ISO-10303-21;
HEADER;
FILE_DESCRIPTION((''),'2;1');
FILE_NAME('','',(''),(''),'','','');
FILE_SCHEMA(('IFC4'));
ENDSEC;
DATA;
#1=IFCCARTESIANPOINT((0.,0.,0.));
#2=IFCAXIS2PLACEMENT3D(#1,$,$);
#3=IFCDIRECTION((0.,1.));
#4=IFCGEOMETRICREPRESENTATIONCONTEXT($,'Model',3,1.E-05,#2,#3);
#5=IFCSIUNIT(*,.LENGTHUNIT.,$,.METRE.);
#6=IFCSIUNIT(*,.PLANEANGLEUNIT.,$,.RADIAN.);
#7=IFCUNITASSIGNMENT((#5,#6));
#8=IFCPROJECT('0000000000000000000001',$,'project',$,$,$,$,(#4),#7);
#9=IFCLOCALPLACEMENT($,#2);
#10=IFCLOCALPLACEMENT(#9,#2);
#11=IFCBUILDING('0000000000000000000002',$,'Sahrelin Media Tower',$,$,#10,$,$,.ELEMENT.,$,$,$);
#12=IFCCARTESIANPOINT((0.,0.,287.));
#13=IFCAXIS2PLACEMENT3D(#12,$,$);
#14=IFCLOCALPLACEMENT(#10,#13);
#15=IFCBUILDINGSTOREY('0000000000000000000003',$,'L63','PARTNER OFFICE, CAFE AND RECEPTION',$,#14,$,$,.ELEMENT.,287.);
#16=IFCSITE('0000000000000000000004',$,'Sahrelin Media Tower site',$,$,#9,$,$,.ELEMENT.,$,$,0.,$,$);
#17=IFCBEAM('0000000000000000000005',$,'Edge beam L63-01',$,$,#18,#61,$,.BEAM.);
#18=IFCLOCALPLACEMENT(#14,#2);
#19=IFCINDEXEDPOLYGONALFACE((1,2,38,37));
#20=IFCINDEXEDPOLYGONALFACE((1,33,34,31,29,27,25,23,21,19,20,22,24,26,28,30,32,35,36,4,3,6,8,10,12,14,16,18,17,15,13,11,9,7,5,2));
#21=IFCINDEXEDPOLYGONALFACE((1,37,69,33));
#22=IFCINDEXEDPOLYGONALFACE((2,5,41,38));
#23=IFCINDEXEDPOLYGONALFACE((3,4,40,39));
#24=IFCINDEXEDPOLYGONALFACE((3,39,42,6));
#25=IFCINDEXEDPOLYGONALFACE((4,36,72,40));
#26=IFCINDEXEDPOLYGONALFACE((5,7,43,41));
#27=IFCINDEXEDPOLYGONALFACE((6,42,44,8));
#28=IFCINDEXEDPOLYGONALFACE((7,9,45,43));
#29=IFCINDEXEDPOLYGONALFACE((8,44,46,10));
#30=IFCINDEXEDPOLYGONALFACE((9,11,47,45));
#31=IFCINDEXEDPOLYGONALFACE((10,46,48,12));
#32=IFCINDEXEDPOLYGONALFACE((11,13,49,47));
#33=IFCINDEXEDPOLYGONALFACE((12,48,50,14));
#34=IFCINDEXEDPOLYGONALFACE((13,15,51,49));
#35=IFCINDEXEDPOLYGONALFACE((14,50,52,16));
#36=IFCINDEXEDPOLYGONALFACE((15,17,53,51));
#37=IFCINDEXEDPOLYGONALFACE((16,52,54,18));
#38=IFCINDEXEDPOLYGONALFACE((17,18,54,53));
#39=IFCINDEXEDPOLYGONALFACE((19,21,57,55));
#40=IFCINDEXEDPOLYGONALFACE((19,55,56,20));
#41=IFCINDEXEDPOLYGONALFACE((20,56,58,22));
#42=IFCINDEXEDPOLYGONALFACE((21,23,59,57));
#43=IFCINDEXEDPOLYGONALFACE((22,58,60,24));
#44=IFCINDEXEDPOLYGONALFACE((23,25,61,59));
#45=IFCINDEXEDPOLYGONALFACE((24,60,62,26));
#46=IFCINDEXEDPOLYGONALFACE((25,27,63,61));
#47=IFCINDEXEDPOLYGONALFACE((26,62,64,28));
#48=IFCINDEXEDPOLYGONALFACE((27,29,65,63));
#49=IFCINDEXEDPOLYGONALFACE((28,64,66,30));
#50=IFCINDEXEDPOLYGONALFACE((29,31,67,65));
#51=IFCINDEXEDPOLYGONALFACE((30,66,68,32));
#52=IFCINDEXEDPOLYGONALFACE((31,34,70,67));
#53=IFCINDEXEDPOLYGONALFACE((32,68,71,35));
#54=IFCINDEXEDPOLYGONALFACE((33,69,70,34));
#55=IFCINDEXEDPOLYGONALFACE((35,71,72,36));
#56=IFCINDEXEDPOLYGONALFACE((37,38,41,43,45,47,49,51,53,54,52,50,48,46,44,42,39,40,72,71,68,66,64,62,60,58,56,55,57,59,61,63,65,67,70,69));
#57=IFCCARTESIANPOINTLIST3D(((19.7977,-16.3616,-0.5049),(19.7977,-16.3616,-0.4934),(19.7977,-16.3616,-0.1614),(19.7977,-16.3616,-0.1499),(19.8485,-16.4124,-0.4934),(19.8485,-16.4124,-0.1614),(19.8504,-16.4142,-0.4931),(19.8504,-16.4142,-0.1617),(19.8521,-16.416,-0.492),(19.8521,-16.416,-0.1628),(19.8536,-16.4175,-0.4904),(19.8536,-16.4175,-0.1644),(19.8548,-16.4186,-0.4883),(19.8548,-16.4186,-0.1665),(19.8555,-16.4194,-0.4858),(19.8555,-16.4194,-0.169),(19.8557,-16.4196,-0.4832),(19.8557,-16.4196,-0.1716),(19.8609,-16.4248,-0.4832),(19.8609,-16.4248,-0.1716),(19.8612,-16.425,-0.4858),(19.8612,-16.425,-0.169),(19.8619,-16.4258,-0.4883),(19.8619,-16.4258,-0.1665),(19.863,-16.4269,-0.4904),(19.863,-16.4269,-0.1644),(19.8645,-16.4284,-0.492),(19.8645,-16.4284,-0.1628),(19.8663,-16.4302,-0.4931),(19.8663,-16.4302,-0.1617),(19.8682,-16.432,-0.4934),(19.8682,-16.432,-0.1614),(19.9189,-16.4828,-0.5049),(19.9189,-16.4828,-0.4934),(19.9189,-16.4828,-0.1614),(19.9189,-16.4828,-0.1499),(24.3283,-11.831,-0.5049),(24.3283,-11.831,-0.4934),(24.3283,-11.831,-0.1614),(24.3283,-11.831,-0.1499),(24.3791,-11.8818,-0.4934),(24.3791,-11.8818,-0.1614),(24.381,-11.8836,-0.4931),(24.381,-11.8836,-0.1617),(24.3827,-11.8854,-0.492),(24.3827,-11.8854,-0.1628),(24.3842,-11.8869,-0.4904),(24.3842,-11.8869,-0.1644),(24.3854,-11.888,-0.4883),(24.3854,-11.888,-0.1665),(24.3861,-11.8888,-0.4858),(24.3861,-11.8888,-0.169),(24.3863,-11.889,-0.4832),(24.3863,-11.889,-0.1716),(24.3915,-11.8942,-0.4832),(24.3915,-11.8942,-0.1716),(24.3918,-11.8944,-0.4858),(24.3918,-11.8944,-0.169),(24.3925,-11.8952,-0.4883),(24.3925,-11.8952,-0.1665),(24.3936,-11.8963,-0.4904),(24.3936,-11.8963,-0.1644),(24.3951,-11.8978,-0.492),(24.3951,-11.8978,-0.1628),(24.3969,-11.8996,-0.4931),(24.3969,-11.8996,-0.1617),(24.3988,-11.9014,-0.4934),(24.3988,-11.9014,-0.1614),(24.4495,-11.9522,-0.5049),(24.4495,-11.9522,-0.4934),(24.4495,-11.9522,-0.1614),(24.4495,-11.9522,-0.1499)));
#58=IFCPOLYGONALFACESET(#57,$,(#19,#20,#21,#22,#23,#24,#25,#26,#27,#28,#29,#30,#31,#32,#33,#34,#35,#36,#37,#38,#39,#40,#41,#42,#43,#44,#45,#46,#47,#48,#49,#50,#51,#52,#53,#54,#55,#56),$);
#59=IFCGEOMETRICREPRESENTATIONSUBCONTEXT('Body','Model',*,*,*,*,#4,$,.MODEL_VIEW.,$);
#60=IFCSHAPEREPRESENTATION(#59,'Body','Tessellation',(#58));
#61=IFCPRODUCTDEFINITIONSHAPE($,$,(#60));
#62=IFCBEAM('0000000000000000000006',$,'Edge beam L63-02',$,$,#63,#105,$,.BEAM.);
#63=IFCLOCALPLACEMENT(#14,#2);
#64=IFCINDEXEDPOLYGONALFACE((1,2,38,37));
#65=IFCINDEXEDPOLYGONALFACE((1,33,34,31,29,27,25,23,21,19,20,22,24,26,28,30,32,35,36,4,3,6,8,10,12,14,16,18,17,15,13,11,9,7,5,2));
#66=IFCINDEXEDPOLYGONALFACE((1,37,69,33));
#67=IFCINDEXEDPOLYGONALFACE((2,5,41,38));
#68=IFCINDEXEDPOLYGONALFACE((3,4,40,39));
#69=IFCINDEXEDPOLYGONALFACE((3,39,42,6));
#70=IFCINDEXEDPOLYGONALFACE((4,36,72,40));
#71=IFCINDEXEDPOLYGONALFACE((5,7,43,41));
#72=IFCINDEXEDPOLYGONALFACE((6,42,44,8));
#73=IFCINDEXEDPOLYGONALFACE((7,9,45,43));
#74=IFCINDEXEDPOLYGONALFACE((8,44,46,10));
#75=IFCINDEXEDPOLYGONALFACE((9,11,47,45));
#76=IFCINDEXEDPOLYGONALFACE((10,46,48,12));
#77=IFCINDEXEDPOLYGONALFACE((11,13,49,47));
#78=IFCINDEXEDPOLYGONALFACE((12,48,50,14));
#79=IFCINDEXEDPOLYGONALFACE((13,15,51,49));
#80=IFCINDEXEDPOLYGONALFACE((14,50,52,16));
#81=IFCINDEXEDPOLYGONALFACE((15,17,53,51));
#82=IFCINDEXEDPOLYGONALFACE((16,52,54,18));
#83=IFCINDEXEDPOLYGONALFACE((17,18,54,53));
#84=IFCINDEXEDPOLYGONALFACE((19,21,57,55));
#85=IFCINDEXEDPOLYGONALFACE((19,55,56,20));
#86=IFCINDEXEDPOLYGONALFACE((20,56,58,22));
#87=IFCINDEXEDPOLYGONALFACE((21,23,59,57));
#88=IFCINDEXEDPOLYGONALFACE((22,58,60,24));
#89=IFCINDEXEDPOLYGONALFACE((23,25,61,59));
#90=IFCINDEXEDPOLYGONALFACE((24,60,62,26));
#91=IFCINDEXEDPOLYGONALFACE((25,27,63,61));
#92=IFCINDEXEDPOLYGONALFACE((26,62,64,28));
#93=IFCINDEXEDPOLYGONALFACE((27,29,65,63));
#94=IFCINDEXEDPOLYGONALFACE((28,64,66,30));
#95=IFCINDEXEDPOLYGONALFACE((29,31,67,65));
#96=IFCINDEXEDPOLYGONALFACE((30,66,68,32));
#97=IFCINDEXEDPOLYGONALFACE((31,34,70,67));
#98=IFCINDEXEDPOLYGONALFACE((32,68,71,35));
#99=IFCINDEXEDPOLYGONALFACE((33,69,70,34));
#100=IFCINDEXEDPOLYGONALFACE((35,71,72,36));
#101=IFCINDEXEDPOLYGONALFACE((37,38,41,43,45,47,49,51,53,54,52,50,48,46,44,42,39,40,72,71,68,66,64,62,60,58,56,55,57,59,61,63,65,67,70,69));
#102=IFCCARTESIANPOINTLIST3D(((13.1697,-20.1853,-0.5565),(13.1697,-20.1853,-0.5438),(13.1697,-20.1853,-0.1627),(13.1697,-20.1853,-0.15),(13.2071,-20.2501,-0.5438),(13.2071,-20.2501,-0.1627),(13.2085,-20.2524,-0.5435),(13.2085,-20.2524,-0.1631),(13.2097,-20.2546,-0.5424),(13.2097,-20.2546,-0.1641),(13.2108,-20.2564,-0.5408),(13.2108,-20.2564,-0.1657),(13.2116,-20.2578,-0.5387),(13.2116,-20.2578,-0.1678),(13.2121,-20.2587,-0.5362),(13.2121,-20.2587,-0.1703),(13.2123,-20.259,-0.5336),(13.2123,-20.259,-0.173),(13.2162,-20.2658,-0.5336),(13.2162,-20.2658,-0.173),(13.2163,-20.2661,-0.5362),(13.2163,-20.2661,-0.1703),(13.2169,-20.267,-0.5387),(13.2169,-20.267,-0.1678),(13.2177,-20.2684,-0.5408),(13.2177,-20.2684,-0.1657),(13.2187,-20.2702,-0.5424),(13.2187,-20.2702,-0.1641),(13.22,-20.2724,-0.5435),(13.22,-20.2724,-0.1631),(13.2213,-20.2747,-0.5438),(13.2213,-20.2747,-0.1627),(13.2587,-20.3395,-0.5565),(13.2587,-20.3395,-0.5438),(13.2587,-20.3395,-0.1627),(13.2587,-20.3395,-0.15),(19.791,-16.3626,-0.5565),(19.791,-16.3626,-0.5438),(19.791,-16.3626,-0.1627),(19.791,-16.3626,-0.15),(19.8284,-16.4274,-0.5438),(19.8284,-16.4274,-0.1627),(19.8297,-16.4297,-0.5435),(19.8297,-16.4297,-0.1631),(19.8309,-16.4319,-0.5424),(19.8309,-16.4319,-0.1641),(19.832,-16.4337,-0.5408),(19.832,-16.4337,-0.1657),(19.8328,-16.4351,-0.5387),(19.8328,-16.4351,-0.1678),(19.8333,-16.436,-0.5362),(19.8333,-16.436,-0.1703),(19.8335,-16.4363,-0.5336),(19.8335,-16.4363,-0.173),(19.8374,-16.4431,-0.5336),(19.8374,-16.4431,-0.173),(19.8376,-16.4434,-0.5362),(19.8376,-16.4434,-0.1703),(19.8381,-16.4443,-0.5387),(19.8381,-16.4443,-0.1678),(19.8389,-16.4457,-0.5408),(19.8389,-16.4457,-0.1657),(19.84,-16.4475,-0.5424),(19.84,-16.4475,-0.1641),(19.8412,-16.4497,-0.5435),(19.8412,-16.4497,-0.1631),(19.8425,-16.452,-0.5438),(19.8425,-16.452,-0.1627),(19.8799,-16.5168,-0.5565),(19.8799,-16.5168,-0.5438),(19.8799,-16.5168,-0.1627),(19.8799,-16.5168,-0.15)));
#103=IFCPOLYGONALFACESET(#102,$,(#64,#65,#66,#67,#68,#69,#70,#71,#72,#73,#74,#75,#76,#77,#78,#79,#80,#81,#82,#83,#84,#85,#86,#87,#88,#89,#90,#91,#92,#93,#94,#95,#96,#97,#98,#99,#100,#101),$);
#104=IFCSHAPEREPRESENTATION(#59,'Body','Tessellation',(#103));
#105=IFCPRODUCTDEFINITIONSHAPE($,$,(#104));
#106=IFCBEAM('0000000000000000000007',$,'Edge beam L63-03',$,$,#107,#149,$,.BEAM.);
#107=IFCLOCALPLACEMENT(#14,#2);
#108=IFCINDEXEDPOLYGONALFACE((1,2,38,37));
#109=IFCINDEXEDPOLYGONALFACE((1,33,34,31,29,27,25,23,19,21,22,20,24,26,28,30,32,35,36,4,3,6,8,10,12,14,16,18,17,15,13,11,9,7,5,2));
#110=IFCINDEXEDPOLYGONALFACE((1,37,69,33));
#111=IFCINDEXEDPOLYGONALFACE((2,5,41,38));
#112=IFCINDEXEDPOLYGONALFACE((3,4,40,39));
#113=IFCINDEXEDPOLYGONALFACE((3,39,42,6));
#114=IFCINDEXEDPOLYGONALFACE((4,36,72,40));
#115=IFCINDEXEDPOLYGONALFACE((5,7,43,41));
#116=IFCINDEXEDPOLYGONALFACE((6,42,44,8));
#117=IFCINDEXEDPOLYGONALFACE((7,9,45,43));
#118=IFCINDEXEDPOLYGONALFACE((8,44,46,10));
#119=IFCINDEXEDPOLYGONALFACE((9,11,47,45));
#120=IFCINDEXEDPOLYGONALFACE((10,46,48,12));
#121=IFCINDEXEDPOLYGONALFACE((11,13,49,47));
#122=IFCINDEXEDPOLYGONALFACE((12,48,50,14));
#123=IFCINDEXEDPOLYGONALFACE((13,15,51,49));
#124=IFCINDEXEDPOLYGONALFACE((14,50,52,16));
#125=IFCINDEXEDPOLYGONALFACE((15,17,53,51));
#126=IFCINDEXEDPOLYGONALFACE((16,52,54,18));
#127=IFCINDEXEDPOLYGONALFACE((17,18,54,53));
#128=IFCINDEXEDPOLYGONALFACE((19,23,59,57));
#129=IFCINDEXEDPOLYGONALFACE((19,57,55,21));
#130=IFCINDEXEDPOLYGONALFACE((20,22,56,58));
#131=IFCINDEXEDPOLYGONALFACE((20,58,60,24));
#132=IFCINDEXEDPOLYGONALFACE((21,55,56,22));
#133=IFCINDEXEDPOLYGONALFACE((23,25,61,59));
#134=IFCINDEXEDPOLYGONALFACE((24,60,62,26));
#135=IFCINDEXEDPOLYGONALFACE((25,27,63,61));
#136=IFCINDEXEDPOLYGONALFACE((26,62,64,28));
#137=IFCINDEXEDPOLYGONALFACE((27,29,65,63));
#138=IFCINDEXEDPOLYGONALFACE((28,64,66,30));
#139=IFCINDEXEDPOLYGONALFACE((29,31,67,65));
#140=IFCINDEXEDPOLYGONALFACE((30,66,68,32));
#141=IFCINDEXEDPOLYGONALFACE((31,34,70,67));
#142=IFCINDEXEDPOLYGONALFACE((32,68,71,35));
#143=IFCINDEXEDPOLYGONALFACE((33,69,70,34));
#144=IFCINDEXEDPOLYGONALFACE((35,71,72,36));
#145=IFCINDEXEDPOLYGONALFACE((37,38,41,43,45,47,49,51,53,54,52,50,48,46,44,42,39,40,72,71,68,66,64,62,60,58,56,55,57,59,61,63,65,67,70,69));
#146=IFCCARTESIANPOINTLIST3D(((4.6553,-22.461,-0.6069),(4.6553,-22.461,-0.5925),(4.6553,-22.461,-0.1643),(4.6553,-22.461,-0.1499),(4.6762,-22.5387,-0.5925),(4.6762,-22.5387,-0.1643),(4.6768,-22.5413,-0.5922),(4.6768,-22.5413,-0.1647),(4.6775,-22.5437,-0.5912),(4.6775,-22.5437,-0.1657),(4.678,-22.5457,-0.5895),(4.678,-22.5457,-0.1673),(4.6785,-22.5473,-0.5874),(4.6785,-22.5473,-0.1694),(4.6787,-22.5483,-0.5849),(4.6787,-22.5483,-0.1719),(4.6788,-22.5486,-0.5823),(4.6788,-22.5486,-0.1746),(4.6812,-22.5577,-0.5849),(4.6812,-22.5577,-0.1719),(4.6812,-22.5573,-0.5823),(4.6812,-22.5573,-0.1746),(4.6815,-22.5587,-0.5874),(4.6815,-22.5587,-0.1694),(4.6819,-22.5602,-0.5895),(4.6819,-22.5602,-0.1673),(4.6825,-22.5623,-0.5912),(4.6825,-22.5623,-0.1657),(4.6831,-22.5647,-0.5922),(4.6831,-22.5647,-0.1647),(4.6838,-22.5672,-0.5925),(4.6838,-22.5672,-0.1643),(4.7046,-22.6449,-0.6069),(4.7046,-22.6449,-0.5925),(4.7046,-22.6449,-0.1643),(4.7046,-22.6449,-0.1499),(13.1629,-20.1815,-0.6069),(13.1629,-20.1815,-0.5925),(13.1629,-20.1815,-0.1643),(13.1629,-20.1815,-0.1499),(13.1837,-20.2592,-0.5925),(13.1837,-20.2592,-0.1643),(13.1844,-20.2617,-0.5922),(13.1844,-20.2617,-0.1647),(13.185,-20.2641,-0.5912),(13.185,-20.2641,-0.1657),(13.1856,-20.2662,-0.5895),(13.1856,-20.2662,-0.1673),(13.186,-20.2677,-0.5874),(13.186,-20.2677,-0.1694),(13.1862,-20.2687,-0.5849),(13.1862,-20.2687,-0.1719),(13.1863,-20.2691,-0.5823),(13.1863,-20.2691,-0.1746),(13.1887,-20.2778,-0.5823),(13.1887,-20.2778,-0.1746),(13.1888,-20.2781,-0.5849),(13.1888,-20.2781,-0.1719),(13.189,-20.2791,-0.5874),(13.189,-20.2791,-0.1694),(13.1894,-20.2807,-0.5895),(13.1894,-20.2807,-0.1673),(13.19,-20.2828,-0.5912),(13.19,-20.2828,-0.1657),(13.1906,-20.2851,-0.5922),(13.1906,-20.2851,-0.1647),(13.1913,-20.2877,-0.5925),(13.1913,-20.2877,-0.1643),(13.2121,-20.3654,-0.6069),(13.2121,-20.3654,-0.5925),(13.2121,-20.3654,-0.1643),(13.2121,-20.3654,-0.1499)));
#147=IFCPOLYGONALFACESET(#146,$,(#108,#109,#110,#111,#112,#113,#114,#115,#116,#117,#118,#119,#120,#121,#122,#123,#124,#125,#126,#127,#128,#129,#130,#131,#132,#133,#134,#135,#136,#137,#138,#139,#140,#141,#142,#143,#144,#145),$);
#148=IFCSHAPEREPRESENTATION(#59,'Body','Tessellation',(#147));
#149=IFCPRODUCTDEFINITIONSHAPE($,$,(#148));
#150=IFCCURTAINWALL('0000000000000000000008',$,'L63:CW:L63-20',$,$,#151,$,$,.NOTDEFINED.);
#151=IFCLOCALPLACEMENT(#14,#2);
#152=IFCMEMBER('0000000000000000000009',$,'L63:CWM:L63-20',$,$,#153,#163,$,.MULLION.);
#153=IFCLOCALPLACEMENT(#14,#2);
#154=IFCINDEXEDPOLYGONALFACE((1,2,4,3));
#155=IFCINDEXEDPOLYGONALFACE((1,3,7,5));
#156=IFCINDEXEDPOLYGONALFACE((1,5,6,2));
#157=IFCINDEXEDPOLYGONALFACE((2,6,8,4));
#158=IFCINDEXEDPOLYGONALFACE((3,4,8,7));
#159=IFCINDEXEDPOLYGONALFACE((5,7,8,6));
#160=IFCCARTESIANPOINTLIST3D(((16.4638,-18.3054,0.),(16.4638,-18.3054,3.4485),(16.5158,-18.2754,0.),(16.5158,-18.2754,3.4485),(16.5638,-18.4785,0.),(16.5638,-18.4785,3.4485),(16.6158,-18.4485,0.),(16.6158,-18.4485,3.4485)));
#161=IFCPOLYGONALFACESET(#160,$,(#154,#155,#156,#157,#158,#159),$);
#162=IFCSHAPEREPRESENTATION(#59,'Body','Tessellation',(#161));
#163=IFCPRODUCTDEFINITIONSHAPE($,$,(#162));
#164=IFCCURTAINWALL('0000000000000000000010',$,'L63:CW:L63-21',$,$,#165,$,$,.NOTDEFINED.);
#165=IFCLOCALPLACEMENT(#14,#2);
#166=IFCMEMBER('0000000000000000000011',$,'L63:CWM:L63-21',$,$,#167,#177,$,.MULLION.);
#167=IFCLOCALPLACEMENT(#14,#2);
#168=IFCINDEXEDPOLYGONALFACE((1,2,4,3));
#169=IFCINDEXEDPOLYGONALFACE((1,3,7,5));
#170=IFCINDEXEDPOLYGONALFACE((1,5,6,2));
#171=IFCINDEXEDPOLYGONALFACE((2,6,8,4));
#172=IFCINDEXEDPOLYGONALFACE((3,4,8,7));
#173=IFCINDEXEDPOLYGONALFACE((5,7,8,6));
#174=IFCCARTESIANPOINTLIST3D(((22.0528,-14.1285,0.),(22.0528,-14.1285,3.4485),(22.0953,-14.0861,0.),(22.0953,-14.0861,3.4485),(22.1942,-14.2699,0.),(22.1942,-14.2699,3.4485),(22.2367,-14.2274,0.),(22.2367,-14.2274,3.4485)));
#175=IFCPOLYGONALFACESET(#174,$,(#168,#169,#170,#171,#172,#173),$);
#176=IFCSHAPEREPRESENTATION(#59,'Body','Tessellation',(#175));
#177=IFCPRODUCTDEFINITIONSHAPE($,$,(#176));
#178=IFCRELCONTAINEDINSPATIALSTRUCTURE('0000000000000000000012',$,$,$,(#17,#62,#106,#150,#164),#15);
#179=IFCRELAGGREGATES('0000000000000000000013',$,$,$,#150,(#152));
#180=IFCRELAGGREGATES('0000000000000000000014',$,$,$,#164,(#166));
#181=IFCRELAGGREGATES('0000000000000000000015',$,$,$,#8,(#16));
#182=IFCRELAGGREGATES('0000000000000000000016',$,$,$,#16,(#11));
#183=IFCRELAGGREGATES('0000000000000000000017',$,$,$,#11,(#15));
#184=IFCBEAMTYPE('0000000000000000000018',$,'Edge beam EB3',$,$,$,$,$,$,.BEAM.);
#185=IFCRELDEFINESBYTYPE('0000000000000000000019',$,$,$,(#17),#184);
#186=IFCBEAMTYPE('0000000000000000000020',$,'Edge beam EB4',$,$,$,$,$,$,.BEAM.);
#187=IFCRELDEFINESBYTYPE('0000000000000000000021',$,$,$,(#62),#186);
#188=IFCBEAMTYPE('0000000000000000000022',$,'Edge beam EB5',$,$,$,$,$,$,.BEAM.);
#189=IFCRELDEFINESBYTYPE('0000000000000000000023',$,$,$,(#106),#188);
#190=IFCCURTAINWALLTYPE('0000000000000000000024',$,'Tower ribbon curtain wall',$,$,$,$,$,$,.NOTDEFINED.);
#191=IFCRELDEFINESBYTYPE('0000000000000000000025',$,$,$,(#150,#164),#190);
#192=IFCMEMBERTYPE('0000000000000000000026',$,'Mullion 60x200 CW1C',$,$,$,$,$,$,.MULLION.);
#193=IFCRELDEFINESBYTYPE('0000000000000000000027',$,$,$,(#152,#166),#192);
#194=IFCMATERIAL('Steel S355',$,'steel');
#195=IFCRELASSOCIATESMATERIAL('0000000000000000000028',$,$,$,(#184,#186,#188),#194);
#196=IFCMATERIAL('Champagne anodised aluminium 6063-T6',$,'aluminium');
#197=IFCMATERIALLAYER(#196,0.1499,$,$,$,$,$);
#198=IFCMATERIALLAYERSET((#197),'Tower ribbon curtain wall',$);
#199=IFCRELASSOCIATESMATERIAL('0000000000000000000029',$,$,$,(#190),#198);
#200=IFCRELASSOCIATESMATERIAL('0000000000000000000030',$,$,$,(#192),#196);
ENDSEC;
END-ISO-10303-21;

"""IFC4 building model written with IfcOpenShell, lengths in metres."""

from ifc_helpers import new_model, si_unit, direction, frame, origin, origin_2d, place, context, subcontext, project, spatial, rectangle, i_section, extrude, material, layer, layer_set, material_profile, profile_set, type_object, element, aggregate, save


model = new_model("IFC4")

# Units and contexts
model_context = context("Model", 3, precision=1e-05, world=origin(), true_north=direction((0.0, 1.0)))
body_context = subcontext(model_context, "Body", "Model", "MODEL_VIEW")
ifc_project = project(units=[si_unit("LENGTHUNIT", "METRE"), si_unit("PLANEANGLEUNIT", "RADIAN")], contexts=[model_context])

# Site, building, storey
site_placement = place(None, origin())
site = spatial("IfcSite", under=ifc_project, at=site_placement, Name="Sahrelin Media Tower site", CompositionType="ELEMENT", RefElevation=0.0)
building_placement = place(site_placement, origin())
building = spatial("IfcBuilding", under=site, at=building_placement, Name="Sahrelin Media Tower", CompositionType="ELEMENT")
storey_placement = place(building_placement, frame((0.0, 0.0, 287.0)))
storey = spatial("IfcBuildingStorey", under=building, at=storey_placement, Name="L63", Description="PARTNER OFFICE, CAFE AND RECEPTION", CompositionType="ELEMENT", Elevation=287.0)

# Beams
ifc_material_1 = material(Name="Steel S355", Category="steel")
ifc_material_profile_1 = material_profile(ifc_material_1, i_section(OverallWidth=0.1714, OverallDepth=0.355, WebThickness=0.0073, FlangeThickness=0.0115, FilletRadius=0.0103, at=origin_2d()), Name="UB 356x171x51")
ifc_profile_set_1 = profile_set([ifc_material_profile_1], Name="Steel S355")
beam_type_1 = type_object("IfcBeamType", Name="Edge beam EB3", PredefinedType="BEAM", material=ifc_profile_set_1)
beam_1_placement = place(storey_placement, frame((24.3889, -11.8916, -0.3274), z_axis=(-0.707107, -0.707107, 0.0), x_axis=(0.707107, -0.707107, 0.0)))
element("IfcBeam", 1, at=beam_1_placement, inside=storey, type_object=beam_type_1, Name="Edge beam L63-01", PredefinedType="BEAM", context=body_context, shape_type="SweptSolid", body=[
    extrude(i_section(OverallWidth=0.1714, OverallDepth=0.355, WebThickness=0.0073, FlangeThickness=0.0115, FilletRadius=0.0103, at=origin_2d()), origin(), (0.0, 0.0, 1.0), 6.4072),
])
ifc_material_profile_2 = material_profile(ifc_material_1, i_section(OverallWidth=0.178, OverallDepth=0.4065, WebThickness=0.0078, FlangeThickness=0.0127, FilletRadius=0.0103, at=origin_2d()), Name="UB 406x178x60")
ifc_profile_set_2 = profile_set([ifc_material_profile_2], Name="Steel S355")
beam_type_2 = type_object("IfcBeamType", Name="Edge beam EB4", PredefinedType="BEAM", material=ifc_profile_set_2)
beam_2_placement = place(storey_placement, frame((19.8354, -16.4397, -0.3533), z_axis=(-0.86603, -0.499992, 0.0), x_axis=(0.499992, -0.86603, 0.0)))
element("IfcBeam", 2, at=beam_2_placement, inside=storey, type_object=beam_type_2, Name="Edge beam L63-02", PredefinedType="BEAM", context=body_context, shape_type="SweptSolid", body=[
    extrude(i_section(OverallWidth=0.178, OverallDepth=0.4065, WebThickness=0.0078, FlangeThickness=0.0127, FilletRadius=0.0103, at=origin_2d()), origin(), (0.0, 0.0, 1.0), 7.6455),
])
ifc_material_profile_3 = material_profile(ifc_material_1, i_section(OverallWidth=0.1904, OverallDepth=0.457, WebThickness=0.009, FlangeThickness=0.0144, FilletRadius=0.0103, at=origin_2d()), Name="UB 457x191x74")
ifc_profile_set_3 = profile_set([ifc_material_profile_3], Name="Steel S355")
beam_type_3 = type_object("IfcBeamType", Name="Edge beam EB5", PredefinedType="BEAM", material=ifc_profile_set_3)
beam_3_placement = place(storey_placement, frame((13.1875, -20.2734, -0.3784), z_axis=(-0.965927, -0.258813, 0.0), x_axis=(0.258813, -0.965927, 0.0)))
element("IfcBeam", 3, at=beam_3_placement, inside=storey, type_object=beam_type_3, Name="Edge beam L63-03", PredefinedType="BEAM", context=body_context, shape_type="SweptSolid", body=[
    extrude(i_section(OverallWidth=0.1904, OverallDepth=0.457, WebThickness=0.009, FlangeThickness=0.0144, FilletRadius=0.0103, at=origin_2d()), origin(), (0.0, 0.0, 1.0), 8.8076),
])

# Curtain walls, members
ifc_material_2 = material(Name="Champagne anodised aluminium 6063-T6", Category="aluminium")
ifc_layer_1 = layer(ifc_material_2, 0.1499)
ifc_layer_set_1 = layer_set([ifc_layer_1], Name="Tower ribbon curtain wall")
curtain_wall_type = type_object("IfcCurtainWallType", Name="Tower ribbon curtain wall", PredefinedType="NOTDEFINED", material=ifc_layer_set_1)
curtain_wall_1_placement = place(storey_placement, frame((16.5999, -18.481, 0.0), z_axis=(0.0, 0.0, 1.0), x_axis=(1.0, 0.0, 0.0)))
curtain_wall_1 = element("IfcCurtainWall", 4, at=curtain_wall_1_placement, inside=storey, type_object=curtain_wall_type, Name="L63:CW:L63-20", PredefinedType="NOTDEFINED")
ifc_material_profile_4 = material_profile(ifc_material_2, rectangle(XDim=0.0601, YDim=0.2, at=origin_2d()), Name="Mullion 60x200")
ifc_profile_set_4 = profile_set([ifc_material_profile_4], Name="Champagne anodised aluminium 6063-T6")
member_type_1 = type_object("IfcMemberType", Name="Mullion 60x200 CW1C", PredefinedType="MULLION", material=ifc_profile_set_4)
member_1_placement = place(storey_placement, frame((16.5398, -18.377, 0.0), z_axis=(0.0, 0.0, 1.0), x_axis=(0.866025, 0.5, 0.0)))
member_1 = element("IfcMember", 5, at=member_1_placement, type_object=member_type_1, Name="L63:CWM:L63-20", PredefinedType="MULLION", context=body_context, shape_type="SweptSolid", body=[
    extrude(rectangle(XDim=0.0601, YDim=0.2, at=origin_2d()), origin(), (0.0, 0.0, 1.0), 3.4485),
])
curtain_wall_2_placement = place(storey_placement, frame((22.2295, -14.2629, 0.0), z_axis=(0.0, 0.0, 1.0), x_axis=(1.0, 0.0, 0.0)))
curtain_wall_2 = element("IfcCurtainWall", 6, at=curtain_wall_2_placement, inside=storey, type_object=curtain_wall_type, Name="L63:CW:L63-21", PredefinedType="NOTDEFINED")
member_2_placement = place(storey_placement, frame((22.1448, -14.178, 0.0), z_axis=(0.0, 0.0, 1.0), x_axis=(0.707099, 0.707114, 0.0)))
member_2 = element("IfcMember", 7, at=member_2_placement, type_object=member_type_1, Name="L63:CWM:L63-21", PredefinedType="MULLION", context=body_context, shape_type="SweptSolid", body=[
    extrude(rectangle(XDim=0.0601, YDim=0.2, at=origin_2d()), origin(), (0.0, 0.0, 1.0), 3.4485),
])

aggregate(curtain_wall_1, [member_1])
aggregate(curtain_wall_2, [member_2])

save(model, "model.ifc")
